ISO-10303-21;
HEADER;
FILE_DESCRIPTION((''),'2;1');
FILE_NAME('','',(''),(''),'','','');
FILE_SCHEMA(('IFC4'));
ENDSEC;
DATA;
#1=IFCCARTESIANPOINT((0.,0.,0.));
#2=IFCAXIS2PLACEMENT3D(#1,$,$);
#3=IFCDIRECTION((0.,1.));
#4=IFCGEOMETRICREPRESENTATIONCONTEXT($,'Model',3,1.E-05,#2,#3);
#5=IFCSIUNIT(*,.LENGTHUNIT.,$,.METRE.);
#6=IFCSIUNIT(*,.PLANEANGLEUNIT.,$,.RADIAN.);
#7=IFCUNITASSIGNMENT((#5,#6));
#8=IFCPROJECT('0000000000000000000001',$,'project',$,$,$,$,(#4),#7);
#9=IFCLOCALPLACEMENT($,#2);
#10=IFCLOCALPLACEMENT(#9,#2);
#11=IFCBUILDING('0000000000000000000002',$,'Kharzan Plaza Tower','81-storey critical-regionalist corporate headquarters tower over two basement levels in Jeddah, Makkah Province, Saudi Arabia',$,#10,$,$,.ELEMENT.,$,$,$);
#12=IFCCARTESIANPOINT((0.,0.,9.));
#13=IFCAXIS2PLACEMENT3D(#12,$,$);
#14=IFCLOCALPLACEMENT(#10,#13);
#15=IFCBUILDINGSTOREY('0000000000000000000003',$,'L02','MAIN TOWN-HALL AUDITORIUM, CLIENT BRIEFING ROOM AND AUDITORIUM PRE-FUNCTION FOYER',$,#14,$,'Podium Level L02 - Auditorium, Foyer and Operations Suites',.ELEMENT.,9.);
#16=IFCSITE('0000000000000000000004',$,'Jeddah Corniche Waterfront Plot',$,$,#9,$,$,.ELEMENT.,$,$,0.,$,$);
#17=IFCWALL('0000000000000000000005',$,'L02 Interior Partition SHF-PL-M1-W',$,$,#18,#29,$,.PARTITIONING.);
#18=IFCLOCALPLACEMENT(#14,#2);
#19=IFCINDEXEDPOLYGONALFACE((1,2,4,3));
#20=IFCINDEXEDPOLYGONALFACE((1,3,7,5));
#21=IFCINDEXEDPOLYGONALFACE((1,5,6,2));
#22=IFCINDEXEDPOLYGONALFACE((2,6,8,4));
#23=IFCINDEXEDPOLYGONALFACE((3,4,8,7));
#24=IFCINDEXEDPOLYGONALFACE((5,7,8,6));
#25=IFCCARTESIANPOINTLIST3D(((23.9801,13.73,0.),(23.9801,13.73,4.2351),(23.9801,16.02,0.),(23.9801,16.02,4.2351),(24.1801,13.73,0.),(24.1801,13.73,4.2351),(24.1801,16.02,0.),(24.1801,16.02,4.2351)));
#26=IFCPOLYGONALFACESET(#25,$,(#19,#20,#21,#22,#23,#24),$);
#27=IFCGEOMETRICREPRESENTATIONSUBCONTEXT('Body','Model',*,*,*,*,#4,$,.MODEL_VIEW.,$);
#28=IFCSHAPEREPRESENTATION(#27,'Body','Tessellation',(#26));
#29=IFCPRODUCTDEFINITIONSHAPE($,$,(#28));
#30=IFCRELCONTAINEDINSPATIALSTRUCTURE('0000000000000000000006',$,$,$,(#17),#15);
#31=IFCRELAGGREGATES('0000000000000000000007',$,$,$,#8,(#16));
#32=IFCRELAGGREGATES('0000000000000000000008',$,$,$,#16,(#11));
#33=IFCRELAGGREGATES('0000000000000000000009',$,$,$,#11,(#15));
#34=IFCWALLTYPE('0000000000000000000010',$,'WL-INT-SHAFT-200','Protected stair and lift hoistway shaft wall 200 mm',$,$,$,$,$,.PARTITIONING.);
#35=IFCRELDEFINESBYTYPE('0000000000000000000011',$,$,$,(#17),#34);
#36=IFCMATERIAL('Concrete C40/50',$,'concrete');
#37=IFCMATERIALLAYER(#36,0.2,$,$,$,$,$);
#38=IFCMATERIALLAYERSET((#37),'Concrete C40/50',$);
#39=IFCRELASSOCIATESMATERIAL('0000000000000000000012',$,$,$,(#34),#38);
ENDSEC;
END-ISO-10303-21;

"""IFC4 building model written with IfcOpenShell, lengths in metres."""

from ifc_helpers import new_model, si_unit, direction, frame, frame_2d, origin, place, context, subcontext, project, spatial, rectangle, extrude, source, transform, mapped, material, layer, layer_set, type_object, element, save


model = new_model("IFC4")

# Units and contexts
model_context = context("Model", 3, precision=1e-05, world=origin(), true_north=direction((0.0, 1.0)))
body_context = subcontext(model_context, "Body", "Model", "MODEL_VIEW")
ifc_project = project(units=[si_unit("LENGTHUNIT", "METRE"), si_unit("PLANEANGLEUNIT", "RADIAN")], contexts=[model_context])

# Site, building, storey
site_placement = place(None, origin())
site = spatial("IfcSite", under=ifc_project, at=site_placement, Name="Jeddah Corniche Waterfront Plot", CompositionType="ELEMENT", RefElevation=0.0)
building_placement = place(site_placement, origin())
building = spatial("IfcBuilding", under=site, at=building_placement, Name="Kharzan Plaza Tower", Description="81-storey critical-regionalist corporate headquarters tower over two basement levels in Jeddah, Makkah Province, Saudi Arabia", CompositionType="ELEMENT")
storey_placement = place(building_placement, frame((0.0, 0.0, 9.0)))
storey = spatial("IfcBuildingStorey", under=building, at=storey_placement, Name="L02", Description="MAIN TOWN-HALL AUDITORIUM, CLIENT BRIEFING ROOM AND AUDITORIUM PRE-FUNCTION FOYER", LongName="Podium Level L02 - Auditorium, Foyer and Operations Suites", CompositionType="ELEMENT", Elevation=9.0)

# Shared definitions
ifc_material_1 = material(Name="Concrete C40/50", Category="concrete")
ifc_layer_1 = layer(ifc_material_1, 0.2)
ifc_layer_set_1 = layer_set([ifc_layer_1], Name="Concrete C40/50")
wall_type_1 = type_object("IfcWallType", Name="WL-INT-SHAFT-200", Description="Protected stair and lift hoistway shaft wall 200 mm", PredefinedType="PARTITIONING", material=ifc_layer_set_1)

# Wall
shared_shape_1 = source(origin(), body_context, "Body", "SweptSolid", [
    extrude(rectangle(XDim=2.29, YDim=0.2, at=frame_2d((1.145, 0.0))), origin(), (0.0, 0.0, 1.0), 4.2351),
])
wall_1_placement = place(storey_placement, frame((24.0801, 13.73, 0.0), z_axis=(0.0, 0.0, 1.0), x_axis=(0.0, 1.0, 0.0)))
element("IfcWall", 1, at=wall_1_placement, inside=storey, type_object=wall_type_1, Name="L02 Interior Partition SHF-PL-M1-W", PredefinedType="PARTITIONING", context=body_context, shape_type="MappedRepresentation", body=[
    mapped(shared_shape_1, transform((0.0, 0.0, 0.0), x_axis=(1.0, 0.0, 0.0), y_axis=(0.0, 1.0, 0.0), z_axis=(0.0, 0.0, 1.0))),
])

save(model, "model.ifc")
